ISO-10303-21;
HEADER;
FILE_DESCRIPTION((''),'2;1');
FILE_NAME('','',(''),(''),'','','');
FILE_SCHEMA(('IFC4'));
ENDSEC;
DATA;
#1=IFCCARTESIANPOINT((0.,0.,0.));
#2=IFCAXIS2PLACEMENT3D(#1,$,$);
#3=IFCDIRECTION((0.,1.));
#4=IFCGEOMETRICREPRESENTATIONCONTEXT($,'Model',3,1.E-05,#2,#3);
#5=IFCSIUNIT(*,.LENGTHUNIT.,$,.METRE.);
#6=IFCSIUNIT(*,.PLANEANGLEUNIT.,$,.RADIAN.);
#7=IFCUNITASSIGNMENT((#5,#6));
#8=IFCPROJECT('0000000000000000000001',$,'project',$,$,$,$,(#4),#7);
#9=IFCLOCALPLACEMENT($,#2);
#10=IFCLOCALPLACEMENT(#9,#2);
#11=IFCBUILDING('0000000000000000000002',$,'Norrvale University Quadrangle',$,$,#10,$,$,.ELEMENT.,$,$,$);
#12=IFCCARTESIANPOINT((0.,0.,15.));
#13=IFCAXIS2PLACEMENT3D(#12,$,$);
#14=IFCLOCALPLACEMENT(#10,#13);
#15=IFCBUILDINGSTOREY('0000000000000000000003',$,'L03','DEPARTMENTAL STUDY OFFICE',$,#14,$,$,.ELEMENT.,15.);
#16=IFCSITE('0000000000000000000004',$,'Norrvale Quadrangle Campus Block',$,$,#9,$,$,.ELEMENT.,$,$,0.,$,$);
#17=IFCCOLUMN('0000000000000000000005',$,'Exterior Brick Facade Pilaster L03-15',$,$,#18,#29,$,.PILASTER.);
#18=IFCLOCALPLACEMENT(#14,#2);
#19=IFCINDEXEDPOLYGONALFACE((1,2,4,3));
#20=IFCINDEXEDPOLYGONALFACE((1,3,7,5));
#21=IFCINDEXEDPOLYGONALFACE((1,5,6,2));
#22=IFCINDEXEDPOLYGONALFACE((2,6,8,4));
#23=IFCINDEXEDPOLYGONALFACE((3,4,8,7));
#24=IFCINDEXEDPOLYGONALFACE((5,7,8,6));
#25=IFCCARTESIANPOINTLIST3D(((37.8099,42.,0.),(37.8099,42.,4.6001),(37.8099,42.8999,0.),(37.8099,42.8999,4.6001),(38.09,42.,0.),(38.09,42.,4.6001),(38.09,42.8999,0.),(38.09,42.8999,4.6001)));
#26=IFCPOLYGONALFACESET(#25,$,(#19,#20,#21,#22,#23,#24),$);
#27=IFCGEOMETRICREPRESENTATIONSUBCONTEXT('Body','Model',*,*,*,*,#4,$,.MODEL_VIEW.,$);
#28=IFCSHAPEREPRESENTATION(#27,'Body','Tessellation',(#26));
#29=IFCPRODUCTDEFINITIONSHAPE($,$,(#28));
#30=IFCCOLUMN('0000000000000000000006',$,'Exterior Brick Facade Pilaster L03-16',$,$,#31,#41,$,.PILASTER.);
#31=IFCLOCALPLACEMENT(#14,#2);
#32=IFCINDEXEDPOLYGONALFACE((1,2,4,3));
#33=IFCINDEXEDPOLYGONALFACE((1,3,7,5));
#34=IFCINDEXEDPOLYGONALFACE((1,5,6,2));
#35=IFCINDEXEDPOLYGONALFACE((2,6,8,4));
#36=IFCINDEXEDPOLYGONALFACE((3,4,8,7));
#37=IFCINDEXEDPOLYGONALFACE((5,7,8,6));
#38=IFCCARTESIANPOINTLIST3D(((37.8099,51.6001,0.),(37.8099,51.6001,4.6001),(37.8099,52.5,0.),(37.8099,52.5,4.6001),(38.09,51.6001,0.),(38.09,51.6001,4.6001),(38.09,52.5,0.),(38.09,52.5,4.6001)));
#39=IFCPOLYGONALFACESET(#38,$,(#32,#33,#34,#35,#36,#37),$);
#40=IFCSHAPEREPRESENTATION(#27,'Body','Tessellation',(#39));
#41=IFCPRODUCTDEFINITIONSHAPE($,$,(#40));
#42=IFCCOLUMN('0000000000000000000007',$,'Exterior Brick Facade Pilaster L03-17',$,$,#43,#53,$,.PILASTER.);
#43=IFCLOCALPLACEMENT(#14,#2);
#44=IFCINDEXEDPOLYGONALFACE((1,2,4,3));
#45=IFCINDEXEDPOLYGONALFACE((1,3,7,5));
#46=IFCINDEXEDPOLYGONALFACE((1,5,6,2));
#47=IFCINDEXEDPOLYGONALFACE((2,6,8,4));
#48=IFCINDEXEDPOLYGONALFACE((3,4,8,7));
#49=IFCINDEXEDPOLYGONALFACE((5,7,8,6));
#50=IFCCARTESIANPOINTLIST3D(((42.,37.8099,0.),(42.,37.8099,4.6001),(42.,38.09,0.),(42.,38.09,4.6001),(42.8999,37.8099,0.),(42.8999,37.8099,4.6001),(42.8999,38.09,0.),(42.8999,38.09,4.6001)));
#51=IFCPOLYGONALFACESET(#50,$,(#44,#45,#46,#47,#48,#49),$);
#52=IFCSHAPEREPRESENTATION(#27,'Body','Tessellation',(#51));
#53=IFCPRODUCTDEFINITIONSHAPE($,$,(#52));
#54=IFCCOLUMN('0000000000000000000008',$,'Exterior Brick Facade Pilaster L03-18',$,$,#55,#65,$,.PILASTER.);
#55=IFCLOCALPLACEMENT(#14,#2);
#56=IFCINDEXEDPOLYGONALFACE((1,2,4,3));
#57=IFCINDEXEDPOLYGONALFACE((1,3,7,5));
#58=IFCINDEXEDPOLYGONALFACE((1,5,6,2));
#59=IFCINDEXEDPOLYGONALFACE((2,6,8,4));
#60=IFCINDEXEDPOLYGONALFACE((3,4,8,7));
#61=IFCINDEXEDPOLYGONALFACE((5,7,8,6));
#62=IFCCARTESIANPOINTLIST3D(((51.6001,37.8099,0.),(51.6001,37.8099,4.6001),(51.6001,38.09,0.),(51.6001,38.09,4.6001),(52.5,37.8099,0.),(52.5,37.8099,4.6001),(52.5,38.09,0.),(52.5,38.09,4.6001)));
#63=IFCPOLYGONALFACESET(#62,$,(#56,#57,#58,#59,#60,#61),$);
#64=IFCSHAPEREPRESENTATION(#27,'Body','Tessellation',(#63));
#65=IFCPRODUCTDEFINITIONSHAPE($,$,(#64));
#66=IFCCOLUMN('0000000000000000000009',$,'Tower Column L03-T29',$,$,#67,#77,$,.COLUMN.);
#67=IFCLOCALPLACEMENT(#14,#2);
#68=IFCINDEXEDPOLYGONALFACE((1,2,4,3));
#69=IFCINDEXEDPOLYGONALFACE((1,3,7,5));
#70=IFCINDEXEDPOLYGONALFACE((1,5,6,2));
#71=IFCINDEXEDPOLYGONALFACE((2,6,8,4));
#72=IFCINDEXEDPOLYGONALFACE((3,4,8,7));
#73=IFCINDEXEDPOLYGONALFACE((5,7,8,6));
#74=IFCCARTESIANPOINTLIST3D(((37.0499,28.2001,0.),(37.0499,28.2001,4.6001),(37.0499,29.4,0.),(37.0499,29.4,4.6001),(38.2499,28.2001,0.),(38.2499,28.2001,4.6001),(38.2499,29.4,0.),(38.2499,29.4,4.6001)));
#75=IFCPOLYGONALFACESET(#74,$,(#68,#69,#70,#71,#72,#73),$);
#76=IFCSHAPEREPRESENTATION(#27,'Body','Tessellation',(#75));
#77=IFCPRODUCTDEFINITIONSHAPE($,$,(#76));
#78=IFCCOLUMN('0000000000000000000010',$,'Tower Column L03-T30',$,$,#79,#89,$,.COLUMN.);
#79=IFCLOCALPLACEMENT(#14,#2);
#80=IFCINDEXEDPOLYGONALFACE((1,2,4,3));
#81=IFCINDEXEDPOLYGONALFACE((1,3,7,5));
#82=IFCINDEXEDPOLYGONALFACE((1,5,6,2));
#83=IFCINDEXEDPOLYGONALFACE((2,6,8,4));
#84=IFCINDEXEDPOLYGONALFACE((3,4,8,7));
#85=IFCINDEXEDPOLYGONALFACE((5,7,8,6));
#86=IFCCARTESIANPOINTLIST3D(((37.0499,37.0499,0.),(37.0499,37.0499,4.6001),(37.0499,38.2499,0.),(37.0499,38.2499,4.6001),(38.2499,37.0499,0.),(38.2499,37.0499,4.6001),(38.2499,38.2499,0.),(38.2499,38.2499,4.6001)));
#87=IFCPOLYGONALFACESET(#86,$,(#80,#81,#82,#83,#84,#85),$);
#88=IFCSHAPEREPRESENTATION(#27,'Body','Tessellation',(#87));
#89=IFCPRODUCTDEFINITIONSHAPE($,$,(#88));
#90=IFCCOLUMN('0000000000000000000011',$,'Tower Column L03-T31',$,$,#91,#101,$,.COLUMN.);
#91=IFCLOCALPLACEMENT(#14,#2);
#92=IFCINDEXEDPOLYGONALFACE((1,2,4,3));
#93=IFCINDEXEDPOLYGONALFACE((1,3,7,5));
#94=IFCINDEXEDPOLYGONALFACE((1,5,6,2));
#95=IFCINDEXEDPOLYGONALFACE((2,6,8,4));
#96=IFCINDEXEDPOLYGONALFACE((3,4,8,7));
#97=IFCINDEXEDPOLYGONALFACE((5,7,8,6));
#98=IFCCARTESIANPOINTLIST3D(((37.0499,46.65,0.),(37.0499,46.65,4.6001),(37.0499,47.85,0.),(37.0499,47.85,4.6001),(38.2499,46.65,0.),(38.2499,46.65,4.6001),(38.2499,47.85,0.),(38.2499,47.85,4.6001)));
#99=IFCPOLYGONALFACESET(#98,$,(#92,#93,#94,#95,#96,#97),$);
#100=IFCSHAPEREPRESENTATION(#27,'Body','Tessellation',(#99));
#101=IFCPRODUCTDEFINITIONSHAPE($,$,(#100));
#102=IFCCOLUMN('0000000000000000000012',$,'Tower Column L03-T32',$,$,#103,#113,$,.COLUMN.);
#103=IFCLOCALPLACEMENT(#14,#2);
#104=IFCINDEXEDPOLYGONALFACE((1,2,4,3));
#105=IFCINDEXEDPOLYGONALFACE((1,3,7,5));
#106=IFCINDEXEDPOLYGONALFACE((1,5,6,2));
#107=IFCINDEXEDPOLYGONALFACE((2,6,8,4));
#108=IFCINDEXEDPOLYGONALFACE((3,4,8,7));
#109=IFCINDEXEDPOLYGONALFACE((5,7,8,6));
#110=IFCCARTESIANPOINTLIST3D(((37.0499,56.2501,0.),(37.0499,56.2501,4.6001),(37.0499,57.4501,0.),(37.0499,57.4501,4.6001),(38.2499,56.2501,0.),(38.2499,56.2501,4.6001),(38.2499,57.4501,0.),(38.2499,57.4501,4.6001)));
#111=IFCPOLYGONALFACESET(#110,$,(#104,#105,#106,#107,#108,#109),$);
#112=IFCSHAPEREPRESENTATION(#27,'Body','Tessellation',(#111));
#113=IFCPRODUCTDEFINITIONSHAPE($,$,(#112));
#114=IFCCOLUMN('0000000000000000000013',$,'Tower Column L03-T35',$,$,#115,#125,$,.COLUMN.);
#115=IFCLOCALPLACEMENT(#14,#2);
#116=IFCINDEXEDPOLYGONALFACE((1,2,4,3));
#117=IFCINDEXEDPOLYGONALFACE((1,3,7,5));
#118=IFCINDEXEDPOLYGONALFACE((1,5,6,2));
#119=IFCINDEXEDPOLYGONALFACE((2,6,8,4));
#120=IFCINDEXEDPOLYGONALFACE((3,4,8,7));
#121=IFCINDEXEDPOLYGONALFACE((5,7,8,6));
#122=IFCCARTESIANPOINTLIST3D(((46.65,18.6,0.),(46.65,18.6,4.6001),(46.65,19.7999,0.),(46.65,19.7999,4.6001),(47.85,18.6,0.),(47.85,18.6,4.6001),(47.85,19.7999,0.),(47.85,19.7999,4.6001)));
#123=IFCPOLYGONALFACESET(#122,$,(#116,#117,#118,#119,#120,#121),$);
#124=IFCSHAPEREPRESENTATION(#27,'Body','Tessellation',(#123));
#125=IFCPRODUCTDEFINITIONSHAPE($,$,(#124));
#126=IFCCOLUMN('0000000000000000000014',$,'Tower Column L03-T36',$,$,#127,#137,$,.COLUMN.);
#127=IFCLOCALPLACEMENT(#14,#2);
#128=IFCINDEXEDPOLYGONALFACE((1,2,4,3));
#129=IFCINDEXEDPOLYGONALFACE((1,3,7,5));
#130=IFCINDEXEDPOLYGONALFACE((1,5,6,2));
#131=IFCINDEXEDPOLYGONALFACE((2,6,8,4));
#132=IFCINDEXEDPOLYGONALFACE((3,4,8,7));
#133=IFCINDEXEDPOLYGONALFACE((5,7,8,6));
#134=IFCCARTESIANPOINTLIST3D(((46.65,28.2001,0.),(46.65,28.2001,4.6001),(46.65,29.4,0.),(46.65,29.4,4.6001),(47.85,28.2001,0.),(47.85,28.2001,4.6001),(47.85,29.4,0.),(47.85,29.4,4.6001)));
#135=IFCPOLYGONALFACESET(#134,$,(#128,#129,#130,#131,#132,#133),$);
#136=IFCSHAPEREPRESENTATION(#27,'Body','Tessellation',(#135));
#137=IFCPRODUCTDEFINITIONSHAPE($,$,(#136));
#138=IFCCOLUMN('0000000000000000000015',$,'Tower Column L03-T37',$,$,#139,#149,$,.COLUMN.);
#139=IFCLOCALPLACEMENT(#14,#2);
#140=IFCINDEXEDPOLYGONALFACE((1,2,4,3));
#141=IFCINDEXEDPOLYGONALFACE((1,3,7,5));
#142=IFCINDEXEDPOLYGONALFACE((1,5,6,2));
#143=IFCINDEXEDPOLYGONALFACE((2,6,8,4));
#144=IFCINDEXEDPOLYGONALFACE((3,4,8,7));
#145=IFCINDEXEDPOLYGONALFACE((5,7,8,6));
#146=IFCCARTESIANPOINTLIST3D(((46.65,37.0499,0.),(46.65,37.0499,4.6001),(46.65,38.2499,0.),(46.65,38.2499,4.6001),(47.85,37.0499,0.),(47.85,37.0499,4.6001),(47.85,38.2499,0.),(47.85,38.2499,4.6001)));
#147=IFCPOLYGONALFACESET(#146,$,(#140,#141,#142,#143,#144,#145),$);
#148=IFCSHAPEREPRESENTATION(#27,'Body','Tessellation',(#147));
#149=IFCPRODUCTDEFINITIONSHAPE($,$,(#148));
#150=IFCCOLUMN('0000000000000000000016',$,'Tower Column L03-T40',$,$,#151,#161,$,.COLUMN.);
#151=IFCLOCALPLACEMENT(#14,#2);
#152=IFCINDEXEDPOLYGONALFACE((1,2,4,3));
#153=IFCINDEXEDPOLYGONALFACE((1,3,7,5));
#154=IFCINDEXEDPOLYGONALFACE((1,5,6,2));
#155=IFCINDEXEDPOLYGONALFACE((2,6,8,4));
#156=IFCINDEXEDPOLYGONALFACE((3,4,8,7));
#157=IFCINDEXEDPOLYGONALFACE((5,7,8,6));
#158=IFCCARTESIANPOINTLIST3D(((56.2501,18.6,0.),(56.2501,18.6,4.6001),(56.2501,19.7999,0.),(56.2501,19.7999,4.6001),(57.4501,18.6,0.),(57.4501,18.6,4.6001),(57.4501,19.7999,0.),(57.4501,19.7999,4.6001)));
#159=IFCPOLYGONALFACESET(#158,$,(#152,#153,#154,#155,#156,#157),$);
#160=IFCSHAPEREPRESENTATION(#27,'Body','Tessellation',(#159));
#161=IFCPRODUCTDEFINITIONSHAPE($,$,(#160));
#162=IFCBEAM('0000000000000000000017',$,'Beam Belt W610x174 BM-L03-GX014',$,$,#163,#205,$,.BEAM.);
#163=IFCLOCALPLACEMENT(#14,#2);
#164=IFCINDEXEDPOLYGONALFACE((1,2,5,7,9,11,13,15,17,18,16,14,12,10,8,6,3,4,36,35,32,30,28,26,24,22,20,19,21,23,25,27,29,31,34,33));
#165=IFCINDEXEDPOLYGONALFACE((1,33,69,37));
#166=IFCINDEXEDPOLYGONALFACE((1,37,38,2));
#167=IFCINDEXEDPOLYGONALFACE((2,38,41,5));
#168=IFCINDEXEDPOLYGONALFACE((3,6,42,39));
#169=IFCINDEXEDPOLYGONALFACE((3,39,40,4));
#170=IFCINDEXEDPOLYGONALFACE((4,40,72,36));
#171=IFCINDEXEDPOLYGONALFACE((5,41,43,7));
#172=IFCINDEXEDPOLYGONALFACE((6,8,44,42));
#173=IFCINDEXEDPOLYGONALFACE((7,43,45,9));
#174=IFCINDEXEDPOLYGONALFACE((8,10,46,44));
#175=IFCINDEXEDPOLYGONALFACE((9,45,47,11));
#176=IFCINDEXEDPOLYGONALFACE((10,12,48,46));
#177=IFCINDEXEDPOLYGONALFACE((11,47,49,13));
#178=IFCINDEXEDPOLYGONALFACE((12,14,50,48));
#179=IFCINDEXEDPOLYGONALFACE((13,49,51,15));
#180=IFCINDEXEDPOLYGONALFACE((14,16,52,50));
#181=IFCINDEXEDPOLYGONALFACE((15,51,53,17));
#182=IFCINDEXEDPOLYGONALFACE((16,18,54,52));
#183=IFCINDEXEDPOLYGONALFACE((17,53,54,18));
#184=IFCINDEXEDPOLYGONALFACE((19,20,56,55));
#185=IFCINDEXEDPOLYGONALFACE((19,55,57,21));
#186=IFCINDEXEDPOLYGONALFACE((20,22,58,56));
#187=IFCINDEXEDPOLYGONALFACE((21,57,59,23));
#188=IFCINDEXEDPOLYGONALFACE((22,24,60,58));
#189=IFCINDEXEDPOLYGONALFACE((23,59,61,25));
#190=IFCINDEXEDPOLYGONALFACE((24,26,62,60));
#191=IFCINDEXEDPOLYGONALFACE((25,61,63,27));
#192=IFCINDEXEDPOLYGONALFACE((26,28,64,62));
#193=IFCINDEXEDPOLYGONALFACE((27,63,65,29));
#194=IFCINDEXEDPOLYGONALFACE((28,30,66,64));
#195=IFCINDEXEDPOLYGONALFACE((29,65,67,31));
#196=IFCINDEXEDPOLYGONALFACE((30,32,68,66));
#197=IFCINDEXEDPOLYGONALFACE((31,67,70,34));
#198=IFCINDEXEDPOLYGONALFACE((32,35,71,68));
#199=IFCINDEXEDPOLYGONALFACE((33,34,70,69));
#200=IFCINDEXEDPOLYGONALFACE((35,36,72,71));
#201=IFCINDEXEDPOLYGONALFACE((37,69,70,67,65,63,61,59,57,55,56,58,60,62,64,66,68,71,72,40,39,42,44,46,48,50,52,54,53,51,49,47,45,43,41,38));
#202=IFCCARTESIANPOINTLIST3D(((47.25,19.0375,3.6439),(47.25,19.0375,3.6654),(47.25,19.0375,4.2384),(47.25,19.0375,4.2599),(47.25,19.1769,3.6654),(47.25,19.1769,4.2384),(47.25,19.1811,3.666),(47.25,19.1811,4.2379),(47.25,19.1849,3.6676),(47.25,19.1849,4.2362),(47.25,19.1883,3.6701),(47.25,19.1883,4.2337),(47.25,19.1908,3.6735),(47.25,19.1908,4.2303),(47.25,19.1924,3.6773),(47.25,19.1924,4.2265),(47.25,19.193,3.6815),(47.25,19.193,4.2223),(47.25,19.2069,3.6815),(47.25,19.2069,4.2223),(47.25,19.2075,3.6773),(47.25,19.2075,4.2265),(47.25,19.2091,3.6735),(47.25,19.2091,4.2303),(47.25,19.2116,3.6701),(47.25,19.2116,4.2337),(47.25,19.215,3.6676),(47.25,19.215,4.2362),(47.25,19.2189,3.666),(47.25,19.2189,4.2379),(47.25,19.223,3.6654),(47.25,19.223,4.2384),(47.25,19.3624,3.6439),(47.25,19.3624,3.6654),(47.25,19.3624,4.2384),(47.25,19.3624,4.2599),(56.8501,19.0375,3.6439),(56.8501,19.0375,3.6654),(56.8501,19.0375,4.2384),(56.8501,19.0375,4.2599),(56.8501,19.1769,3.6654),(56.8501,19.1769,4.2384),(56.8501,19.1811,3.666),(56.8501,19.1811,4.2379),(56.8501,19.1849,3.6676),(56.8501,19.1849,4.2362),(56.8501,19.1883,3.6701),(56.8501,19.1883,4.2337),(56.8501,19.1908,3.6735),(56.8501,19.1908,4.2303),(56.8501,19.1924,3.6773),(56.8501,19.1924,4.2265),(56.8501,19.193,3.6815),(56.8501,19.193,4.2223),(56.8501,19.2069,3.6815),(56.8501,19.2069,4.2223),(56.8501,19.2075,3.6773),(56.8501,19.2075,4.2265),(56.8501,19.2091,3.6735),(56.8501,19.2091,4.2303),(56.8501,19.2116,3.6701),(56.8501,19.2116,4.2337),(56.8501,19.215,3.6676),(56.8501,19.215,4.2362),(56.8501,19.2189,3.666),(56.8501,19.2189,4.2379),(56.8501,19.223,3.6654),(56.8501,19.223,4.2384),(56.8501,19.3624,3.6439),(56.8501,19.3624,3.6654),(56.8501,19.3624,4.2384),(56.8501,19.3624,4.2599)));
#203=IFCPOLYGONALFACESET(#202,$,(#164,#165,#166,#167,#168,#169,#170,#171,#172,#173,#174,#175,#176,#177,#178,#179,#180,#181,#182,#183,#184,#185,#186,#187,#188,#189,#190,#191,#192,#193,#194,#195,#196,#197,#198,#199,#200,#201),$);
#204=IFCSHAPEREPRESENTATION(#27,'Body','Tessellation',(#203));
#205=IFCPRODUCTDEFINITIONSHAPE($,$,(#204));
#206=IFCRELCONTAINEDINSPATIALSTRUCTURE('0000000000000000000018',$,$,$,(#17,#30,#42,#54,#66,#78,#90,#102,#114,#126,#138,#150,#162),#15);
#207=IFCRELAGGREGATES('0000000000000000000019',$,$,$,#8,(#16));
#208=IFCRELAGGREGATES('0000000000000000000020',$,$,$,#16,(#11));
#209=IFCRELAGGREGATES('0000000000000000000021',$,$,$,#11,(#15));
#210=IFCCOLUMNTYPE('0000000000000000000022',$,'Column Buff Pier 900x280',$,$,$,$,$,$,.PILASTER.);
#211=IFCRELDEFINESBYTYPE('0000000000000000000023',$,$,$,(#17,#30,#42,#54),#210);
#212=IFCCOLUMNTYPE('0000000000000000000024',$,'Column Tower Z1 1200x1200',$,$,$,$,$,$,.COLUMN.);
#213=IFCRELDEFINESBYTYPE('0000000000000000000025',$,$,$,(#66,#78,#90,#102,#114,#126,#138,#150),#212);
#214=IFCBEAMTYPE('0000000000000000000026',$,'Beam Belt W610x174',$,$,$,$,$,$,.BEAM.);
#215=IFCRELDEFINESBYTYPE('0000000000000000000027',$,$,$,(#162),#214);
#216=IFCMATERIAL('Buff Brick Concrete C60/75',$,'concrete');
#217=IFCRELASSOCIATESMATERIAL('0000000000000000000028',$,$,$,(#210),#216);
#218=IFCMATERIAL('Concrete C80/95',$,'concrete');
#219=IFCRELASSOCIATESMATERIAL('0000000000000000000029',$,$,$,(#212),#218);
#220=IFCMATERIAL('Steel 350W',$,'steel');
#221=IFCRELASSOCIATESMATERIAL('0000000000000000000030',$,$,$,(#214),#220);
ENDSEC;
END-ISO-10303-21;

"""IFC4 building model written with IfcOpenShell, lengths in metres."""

from ifc_helpers import new_model, si_unit, direction, frame, origin, origin_2d, place, context, subcontext, project, spatial, rectangle, i_section, extrude, material, material_profile, profile_set, type_object, element, save


model = new_model("IFC4")

# Units and contexts
model_context = context("Model", 3, precision=1e-05, world=origin(), true_north=direction((0.0, 1.0)))
body_context = subcontext(model_context, "Body", "Model", "MODEL_VIEW")
ifc_project = project(units=[si_unit("LENGTHUNIT", "METRE"), si_unit("PLANEANGLEUNIT", "RADIAN")], contexts=[model_context])

# Site, building, storey
site_placement = place(None, origin())
site = spatial("IfcSite", under=ifc_project, at=site_placement, Name="Norrvale Quadrangle Campus Block", CompositionType="ELEMENT", RefElevation=0.0)
building_placement = place(site_placement, origin())
building = spatial("IfcBuilding", under=site, at=building_placement, Name="Norrvale University Quadrangle", CompositionType="ELEMENT")
storey_placement = place(building_placement, frame((0.0, 0.0, 15.0)))
storey = spatial("IfcBuildingStorey", under=building, at=storey_placement, Name="L03", Description="DEPARTMENTAL STUDY OFFICE", CompositionType="ELEMENT", Elevation=15.0)

# Columns
ifc_material_1 = material(Name="Buff Brick Concrete C60/75", Category="concrete")
ifc_material_profile_1 = material_profile(ifc_material_1, rectangle(XDim=0.8999, YDim=0.28, at=origin_2d()), Name="Buff Brick Concrete C60/75")
ifc_profile_set_1 = profile_set([ifc_material_profile_1], Name="Buff Brick Concrete C60/75")
column_type_1 = type_object("IfcColumnType", Name="Column Buff Pier 900x280", PredefinedType="PILASTER", material=ifc_profile_set_1)
for number, where, z_axis, x_axis, name in (
    (1, (37.95, 42.45, 0.0), (0.0, 0.0, 1.0), (0.0, 1.0, 0.0), "Exterior Brick Facade Pilaster L03-15"),
    (2, (37.95, 52.05, 0.0), (0.0, 0.0, 1.0), (0.0, 1.0, 0.0), "Exterior Brick Facade Pilaster L03-16"),
    (3, (42.45, 37.95, 0.0), (0.0, 0.0, 1.0), (1.0, 0.0, 0.0), "Exterior Brick Facade Pilaster L03-17"),
    (4, (52.05, 37.95, 0.0), (0.0, 0.0, 1.0), (1.0, 0.0, 0.0), "Exterior Brick Facade Pilaster L03-18"),
):
    element("IfcColumn", number, at=place(storey_placement, frame(where, z_axis=z_axis, x_axis=x_axis)), inside=storey, type_object=column_type_1, Name=name, PredefinedType="PILASTER", context=body_context, shape_type="SweptSolid", body=[
        extrude(rectangle(XDim=0.8999, YDim=0.28, at=origin_2d()), origin(), (0.0, 0.0, 1.0), 4.6001),
    ])
ifc_material_2 = material(Name="Concrete C80/95", Category="concrete")
ifc_material_profile_2 = material_profile(ifc_material_2, rectangle(XDim=1.2, YDim=1.2, at=origin_2d()), Name="Concrete C80/95")
ifc_profile_set_2 = profile_set([ifc_material_profile_2], Name="Concrete C80/95")
column_type_2 = type_object("IfcColumnType", Name="Column Tower Z1 1200x1200", PredefinedType="COLUMN", material=ifc_profile_set_2)
for number, where, z_axis, x_axis, name in (
    (5, (37.6499, 28.8, 0.0), (0.0, 0.0, 1.0), (1.0, 0.0, 0.0), "Tower Column L03-T29"),
    (6, (37.6499, 37.6499, 0.0), (0.0, 0.0, 1.0), (1.0, 0.0, 0.0), "Tower Column L03-T30"),
    (7, (37.6499, 47.25, 0.0), (0.0, 0.0, 1.0), (1.0, 0.0, 0.0), "Tower Column L03-T31"),
    (8, (37.6499, 56.8501, 0.0), (0.0, 0.0, 1.0), (1.0, 0.0, 0.0), "Tower Column L03-T32"),
    (9, (47.25, 19.2, 0.0), (0.0, 0.0, 1.0), (1.0, 0.0, 0.0), "Tower Column L03-T35"),
    (10, (47.25, 28.8, 0.0), (0.0, 0.0, 1.0), (1.0, 0.0, 0.0), "Tower Column L03-T36"),
    (11, (47.25, 37.6499, 0.0), (0.0, 0.0, 1.0), (1.0, 0.0, 0.0), "Tower Column L03-T37"),
    (12, (56.8501, 19.2, 0.0), (0.0, 0.0, 1.0), (1.0, 0.0, 0.0), "Tower Column L03-T40"),
):
    element("IfcColumn", number, at=place(storey_placement, frame(where, z_axis=z_axis, x_axis=x_axis)), inside=storey, type_object=column_type_2, Name=name, PredefinedType="COLUMN", context=body_context, shape_type="SweptSolid", body=[
        extrude(rectangle(XDim=1.2, YDim=1.2, at=origin_2d()), origin(), (0.0, 0.0, 1.0), 4.6001),
    ])

# Beam
ifc_material_3 = material(Name="Steel 350W", Category="steel")
ifc_material_profile_3 = material_profile(ifc_material_3, i_section(OverallWidth=0.325, OverallDepth=0.616, WebThickness=0.0139, FlangeThickness=0.0215, FilletRadius=0.0161, at=origin_2d()), Name="Steel 350W")
ifc_profile_set_3 = profile_set([ifc_material_profile_3], Name="Steel 350W")
beam_type_1 = type_object("IfcBeamType", Name="Beam Belt W610x174", PredefinedType="BEAM", material=ifc_profile_set_3)
for number, where, z_axis, x_axis, name in (
    (13, (47.25, 19.2, 3.9519), (1.0, 0.0, 0.0), (0.0, 1.0, 0.0), "Beam Belt W610x174 BM-L03-GX014"),
):
    element("IfcBeam", number, at=place(storey_placement, frame(where, z_axis=z_axis, x_axis=x_axis)), inside=storey, type_object=beam_type_1, Name=name, PredefinedType="BEAM", context=body_context, shape_type="SweptSolid", body=[
        extrude(i_section(OverallWidth=0.325, OverallDepth=0.616, WebThickness=0.0139, FlangeThickness=0.0215, FilletRadius=0.0161, at=origin_2d()), origin(), (0.0, 0.0, 1.0), 9.6001),
    ])

save(model, "model.ifc")
